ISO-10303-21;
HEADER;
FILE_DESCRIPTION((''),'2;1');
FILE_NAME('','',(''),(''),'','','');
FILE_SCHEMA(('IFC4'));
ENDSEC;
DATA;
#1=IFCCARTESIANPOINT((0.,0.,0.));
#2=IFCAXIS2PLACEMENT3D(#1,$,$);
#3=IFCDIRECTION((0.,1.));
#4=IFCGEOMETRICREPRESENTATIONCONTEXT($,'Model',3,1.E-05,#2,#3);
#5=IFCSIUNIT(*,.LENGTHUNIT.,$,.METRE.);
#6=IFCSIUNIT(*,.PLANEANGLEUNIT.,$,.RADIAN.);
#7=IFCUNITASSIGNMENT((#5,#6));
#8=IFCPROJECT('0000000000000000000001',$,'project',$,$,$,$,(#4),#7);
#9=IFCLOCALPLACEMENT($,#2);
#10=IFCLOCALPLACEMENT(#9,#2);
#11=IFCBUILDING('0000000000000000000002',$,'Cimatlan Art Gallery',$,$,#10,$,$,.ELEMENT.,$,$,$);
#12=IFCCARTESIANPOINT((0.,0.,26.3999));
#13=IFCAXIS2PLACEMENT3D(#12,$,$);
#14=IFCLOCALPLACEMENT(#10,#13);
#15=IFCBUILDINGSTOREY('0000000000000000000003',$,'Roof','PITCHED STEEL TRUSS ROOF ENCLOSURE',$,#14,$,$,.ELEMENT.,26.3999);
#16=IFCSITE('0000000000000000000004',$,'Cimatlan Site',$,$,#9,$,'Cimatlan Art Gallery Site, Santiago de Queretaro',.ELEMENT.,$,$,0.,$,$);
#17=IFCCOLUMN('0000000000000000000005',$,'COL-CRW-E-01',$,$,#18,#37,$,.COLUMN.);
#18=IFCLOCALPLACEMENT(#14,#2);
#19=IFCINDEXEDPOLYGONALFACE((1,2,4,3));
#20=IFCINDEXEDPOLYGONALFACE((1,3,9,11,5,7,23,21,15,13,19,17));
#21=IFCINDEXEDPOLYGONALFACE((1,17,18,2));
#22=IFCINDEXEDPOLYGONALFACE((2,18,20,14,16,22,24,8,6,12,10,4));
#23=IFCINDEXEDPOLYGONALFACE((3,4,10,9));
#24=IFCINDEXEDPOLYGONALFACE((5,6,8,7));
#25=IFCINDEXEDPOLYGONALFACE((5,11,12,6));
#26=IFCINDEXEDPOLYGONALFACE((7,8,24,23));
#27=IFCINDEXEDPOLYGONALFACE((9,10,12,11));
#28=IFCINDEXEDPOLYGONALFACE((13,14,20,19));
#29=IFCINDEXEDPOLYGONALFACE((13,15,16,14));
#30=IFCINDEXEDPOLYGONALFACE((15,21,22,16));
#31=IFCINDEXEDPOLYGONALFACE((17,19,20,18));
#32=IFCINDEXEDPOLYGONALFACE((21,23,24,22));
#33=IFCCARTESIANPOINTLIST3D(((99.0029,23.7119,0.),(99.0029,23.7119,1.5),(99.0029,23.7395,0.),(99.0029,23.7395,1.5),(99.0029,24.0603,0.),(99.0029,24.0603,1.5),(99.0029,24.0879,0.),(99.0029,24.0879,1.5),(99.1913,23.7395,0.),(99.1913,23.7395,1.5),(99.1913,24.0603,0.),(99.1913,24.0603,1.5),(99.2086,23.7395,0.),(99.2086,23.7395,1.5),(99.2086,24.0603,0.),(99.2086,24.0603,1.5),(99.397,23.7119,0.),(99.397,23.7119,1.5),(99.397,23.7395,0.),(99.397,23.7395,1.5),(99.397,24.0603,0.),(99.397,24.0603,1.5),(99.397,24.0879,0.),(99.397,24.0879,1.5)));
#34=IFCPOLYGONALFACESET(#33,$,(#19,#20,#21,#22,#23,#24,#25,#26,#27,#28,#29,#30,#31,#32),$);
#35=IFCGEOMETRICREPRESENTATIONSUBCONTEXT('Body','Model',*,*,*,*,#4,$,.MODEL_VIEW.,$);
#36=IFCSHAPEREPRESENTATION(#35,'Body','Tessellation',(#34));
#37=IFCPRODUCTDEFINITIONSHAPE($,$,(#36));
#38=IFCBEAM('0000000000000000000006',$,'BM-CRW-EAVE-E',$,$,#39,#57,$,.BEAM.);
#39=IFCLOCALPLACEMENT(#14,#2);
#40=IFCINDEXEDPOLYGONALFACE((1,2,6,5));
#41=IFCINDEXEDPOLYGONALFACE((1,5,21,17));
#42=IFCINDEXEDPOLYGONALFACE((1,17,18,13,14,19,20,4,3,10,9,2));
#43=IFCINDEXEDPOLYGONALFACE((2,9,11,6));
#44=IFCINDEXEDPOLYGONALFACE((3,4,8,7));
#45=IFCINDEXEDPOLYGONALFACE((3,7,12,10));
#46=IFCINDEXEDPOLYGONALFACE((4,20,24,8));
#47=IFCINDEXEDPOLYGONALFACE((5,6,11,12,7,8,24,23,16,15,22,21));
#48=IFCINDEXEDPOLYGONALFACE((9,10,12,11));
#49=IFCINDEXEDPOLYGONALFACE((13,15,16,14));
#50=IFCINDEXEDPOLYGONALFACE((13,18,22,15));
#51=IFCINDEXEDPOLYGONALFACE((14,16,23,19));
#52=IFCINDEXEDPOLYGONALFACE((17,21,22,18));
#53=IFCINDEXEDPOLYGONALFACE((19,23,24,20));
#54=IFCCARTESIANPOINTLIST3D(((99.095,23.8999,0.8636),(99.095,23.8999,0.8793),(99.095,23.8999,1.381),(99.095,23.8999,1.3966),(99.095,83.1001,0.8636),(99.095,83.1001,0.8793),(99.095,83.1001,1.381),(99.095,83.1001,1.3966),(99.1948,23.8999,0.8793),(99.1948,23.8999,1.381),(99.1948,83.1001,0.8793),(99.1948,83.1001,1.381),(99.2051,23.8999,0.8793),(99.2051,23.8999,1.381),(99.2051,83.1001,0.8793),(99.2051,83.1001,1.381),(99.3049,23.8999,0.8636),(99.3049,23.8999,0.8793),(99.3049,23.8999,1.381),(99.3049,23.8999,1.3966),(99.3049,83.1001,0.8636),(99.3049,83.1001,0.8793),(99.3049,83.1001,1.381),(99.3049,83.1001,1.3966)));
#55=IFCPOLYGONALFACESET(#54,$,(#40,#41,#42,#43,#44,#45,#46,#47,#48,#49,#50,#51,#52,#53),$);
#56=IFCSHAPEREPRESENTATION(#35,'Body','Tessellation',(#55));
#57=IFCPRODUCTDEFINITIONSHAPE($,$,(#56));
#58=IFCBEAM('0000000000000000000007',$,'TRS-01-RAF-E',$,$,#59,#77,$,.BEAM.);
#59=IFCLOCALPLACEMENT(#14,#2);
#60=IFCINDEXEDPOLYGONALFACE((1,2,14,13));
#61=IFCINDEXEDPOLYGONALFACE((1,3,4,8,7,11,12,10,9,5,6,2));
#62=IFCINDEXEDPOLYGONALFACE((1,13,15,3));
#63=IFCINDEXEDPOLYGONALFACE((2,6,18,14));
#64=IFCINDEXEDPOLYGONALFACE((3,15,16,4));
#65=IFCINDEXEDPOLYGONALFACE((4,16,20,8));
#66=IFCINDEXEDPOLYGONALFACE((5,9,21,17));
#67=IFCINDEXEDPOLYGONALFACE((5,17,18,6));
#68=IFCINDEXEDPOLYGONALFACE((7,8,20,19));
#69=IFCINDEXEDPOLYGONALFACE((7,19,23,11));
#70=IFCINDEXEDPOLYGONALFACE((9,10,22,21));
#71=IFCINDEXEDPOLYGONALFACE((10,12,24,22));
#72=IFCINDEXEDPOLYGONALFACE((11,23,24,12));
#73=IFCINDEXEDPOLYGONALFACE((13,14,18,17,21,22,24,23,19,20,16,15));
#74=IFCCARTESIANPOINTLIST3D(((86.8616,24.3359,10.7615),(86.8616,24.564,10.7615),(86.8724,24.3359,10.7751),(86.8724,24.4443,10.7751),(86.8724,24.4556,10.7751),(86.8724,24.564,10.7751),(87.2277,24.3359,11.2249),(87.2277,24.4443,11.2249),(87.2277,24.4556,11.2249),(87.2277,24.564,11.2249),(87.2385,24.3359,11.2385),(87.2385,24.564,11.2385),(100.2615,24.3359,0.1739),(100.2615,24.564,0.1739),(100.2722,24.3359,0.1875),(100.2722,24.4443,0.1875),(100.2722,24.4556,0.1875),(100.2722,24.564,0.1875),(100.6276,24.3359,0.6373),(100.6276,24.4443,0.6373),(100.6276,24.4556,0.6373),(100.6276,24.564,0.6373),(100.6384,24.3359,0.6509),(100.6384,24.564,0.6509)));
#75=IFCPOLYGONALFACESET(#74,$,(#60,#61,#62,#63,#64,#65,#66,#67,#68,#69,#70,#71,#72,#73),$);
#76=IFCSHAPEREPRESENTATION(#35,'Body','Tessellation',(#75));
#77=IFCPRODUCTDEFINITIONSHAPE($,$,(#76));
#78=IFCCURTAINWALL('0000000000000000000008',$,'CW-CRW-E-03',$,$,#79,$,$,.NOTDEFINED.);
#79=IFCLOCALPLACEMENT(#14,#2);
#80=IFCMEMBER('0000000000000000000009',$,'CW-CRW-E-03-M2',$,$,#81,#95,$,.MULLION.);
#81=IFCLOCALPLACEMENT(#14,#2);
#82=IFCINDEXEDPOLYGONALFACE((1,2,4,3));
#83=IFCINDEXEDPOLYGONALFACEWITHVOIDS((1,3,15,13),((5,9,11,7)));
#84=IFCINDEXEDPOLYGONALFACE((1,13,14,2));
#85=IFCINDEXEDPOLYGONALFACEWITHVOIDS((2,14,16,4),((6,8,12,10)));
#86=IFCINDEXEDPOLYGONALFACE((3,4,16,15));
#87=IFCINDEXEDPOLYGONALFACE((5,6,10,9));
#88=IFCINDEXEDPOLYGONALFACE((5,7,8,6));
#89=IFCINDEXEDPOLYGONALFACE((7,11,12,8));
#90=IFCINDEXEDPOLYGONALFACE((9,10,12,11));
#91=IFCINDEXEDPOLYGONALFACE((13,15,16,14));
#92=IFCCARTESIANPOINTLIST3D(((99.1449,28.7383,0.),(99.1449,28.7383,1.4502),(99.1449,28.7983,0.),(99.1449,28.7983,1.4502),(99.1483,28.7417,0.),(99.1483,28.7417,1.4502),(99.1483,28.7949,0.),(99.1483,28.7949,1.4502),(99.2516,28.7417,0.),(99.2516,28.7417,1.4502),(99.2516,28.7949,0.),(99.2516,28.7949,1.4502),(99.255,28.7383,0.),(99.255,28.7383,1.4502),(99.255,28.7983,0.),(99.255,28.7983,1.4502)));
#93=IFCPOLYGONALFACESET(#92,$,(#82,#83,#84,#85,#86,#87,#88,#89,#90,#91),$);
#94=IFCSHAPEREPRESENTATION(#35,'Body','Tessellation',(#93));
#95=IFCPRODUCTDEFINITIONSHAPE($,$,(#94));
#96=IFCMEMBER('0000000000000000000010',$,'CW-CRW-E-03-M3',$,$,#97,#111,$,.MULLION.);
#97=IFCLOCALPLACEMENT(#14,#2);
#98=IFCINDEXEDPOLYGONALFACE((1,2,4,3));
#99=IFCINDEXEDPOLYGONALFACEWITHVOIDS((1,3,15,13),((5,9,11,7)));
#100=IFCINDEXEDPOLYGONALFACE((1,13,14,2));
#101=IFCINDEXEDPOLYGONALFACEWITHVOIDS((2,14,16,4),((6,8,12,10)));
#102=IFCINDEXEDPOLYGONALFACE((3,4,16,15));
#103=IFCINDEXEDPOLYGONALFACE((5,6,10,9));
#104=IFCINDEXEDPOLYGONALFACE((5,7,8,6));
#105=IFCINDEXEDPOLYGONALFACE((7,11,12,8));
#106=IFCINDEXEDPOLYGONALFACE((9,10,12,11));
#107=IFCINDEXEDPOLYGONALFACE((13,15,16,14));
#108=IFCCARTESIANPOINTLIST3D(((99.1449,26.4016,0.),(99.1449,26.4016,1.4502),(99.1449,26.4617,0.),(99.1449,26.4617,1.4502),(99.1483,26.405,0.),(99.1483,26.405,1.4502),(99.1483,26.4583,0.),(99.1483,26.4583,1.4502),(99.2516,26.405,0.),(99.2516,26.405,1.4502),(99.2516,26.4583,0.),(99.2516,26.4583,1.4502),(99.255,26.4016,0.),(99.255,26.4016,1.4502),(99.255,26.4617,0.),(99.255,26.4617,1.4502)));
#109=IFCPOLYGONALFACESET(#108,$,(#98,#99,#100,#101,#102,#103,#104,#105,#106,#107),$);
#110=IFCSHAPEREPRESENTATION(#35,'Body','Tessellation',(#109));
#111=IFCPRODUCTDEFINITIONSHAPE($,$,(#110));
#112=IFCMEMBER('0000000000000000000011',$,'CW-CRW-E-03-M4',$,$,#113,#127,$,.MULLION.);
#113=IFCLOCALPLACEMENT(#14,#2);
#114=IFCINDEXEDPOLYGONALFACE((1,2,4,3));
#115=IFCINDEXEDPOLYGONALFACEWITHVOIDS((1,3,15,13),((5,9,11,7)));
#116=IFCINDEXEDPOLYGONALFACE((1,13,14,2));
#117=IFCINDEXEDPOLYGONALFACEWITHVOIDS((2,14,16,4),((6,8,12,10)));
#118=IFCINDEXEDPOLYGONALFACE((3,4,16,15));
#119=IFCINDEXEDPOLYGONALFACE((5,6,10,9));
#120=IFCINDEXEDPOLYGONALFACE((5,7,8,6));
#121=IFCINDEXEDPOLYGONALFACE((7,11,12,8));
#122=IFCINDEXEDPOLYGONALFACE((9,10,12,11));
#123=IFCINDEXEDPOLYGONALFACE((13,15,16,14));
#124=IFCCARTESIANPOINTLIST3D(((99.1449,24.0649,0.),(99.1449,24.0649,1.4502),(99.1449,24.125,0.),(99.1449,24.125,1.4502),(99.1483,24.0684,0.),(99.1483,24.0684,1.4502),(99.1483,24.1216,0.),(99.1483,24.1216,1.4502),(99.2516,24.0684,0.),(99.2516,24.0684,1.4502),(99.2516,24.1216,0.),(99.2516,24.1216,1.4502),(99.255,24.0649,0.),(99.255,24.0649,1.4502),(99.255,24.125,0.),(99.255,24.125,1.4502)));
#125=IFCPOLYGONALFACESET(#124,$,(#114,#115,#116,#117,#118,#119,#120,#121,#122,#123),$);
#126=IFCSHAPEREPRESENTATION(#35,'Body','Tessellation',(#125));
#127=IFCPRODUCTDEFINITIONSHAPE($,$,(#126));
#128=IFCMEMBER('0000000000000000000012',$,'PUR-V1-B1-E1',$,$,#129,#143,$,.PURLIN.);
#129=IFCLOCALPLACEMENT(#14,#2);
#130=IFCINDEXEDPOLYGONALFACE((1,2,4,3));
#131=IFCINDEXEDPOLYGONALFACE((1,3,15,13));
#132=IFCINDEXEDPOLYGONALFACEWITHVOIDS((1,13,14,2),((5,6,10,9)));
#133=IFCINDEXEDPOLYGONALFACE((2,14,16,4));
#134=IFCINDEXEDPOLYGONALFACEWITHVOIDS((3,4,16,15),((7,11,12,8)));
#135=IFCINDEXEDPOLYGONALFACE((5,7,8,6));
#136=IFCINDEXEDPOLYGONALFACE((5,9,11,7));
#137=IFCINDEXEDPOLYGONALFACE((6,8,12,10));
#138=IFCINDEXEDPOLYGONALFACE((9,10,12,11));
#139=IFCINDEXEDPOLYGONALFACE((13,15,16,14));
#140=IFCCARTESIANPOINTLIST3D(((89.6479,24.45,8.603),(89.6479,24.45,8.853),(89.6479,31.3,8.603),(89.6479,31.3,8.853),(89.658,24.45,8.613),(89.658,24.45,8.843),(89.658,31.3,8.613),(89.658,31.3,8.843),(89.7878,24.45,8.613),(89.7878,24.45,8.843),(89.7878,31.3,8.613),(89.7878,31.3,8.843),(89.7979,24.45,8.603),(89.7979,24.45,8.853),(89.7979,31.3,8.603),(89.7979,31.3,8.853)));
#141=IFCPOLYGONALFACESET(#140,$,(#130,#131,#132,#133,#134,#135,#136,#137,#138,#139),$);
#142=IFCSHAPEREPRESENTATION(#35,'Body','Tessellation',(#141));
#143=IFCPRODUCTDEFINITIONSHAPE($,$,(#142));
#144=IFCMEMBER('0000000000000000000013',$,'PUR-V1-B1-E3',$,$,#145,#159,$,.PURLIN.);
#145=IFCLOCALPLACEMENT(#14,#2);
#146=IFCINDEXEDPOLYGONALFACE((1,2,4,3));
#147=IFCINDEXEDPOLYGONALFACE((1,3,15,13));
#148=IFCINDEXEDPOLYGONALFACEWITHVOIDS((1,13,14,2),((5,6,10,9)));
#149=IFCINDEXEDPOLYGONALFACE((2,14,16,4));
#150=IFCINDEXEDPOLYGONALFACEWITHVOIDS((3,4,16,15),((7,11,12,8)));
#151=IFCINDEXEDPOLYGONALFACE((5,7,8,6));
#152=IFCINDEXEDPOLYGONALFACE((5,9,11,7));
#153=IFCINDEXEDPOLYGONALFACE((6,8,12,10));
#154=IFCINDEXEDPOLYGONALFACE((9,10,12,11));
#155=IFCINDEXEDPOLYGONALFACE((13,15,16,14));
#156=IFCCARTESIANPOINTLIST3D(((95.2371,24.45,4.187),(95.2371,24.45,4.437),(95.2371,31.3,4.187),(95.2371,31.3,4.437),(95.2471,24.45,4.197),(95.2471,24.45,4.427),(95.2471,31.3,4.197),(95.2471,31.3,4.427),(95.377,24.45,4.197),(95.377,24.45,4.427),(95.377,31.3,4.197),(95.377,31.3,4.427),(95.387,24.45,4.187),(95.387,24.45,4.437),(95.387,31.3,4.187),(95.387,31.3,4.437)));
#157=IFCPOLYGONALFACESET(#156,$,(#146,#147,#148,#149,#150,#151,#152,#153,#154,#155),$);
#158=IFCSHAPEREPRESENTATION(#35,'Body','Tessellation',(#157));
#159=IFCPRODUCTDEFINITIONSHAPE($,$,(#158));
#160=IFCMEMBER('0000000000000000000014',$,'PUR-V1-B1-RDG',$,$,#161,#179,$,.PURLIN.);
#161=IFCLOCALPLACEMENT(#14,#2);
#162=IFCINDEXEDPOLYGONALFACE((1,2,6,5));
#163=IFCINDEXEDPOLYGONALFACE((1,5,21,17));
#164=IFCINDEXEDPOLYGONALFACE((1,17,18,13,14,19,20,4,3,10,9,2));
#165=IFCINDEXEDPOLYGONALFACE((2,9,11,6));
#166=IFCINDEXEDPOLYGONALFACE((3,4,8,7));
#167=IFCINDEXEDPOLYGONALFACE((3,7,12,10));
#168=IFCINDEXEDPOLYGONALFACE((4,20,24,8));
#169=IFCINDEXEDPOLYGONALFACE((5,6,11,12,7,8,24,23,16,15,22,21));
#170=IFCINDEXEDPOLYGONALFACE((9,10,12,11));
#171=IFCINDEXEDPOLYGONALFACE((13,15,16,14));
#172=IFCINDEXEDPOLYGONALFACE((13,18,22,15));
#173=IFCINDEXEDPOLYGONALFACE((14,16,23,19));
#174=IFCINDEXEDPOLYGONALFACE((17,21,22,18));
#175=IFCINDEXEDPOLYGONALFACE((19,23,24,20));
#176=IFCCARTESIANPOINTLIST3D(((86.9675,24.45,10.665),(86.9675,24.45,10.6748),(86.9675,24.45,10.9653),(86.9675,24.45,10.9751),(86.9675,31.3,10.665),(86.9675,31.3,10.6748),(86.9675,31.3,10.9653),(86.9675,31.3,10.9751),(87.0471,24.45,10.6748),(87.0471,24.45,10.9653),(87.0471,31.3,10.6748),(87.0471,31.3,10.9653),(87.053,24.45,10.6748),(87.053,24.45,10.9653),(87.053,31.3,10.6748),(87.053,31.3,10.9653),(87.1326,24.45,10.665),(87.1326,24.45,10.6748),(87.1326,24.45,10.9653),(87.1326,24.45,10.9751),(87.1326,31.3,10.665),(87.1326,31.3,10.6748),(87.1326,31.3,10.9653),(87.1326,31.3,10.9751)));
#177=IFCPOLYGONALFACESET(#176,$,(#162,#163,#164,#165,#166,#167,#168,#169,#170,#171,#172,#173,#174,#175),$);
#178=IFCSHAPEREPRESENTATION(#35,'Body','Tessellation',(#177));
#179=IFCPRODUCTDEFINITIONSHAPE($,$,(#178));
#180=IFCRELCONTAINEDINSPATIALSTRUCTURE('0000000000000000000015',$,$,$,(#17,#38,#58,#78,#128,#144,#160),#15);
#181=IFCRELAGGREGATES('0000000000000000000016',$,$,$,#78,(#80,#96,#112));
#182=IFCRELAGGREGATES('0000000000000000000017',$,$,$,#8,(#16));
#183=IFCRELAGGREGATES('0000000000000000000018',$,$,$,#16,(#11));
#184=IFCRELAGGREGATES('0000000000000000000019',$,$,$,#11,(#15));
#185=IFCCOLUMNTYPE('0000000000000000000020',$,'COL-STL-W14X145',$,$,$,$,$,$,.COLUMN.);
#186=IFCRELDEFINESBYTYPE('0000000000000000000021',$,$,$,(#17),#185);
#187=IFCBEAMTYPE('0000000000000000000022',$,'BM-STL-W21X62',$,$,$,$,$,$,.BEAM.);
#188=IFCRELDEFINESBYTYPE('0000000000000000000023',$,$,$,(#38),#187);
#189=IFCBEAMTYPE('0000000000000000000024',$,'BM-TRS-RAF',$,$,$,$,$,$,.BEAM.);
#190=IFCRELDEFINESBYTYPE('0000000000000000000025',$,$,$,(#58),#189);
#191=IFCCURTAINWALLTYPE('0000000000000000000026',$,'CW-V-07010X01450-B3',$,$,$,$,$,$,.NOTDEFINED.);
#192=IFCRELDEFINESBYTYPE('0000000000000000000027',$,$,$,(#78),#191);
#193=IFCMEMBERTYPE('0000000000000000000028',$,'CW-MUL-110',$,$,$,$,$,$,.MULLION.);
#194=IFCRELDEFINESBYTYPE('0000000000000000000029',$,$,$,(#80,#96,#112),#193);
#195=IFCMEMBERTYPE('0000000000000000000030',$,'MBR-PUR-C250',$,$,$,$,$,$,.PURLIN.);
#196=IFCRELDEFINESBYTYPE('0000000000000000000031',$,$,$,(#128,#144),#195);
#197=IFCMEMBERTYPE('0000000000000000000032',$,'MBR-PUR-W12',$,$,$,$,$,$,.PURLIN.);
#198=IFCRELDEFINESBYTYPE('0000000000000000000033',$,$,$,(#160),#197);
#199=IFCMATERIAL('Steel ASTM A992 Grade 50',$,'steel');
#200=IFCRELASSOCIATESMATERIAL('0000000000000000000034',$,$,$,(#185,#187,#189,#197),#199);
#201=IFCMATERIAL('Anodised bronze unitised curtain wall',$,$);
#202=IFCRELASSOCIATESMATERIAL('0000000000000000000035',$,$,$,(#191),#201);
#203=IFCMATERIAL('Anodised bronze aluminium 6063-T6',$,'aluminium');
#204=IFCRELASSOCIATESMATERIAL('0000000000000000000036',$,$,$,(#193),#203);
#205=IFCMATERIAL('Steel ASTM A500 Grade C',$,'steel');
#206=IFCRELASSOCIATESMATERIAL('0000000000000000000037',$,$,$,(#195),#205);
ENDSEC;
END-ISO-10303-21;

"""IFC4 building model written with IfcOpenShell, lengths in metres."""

from ifc_helpers import new_model, si_unit, direction, frame, origin, origin_2d, place, context, subcontext, project, spatial, hollow_rectangle, i_section, extrude, material, material_profile, profile_set, type_object, element, aggregate, save


model = new_model("IFC4")

# Units and contexts
model_context = context("Model", 3, precision=1e-05, world=origin(), true_north=direction((0.0, 1.0)))
body_context = subcontext(model_context, "Body", "Model", "MODEL_VIEW")
ifc_project = project(units=[si_unit("LENGTHUNIT", "METRE"), si_unit("PLANEANGLEUNIT", "RADIAN")], contexts=[model_context])

# Site, building, storey
site_placement = place(None, origin())
site = spatial("IfcSite", under=ifc_project, at=site_placement, Name="Cimatlan Site", LongName="Cimatlan Art Gallery Site, Santiago de Queretaro", CompositionType="ELEMENT", RefElevation=0.0)
building_placement = place(site_placement, origin())
building = spatial("IfcBuilding", under=site, at=building_placement, Name="Cimatlan Art Gallery", CompositionType="ELEMENT")
storey_placement = place(building_placement, frame((0.0, 0.0, 26.3999)))
storey = spatial("IfcBuildingStorey", under=building, at=storey_placement, Name="Roof", Description="PITCHED STEEL TRUSS ROOF ENCLOSURE", CompositionType="ELEMENT", Elevation=26.3999)

# Column
ifc_material_1 = material(Name="Steel ASTM A992 Grade 50", Category="steel")
ifc_material_profile_1 = material_profile(ifc_material_1, i_section(OverallWidth=0.394, OverallDepth=0.376, WebThickness=0.0173, FlangeThickness=0.0276, at=origin_2d()), Name="W14X145")
ifc_profile_set_1 = profile_set([ifc_material_profile_1], Name="Steel ASTM A992 Grade 50")
column_type = type_object("IfcColumnType", Name="COL-STL-W14X145", PredefinedType="COLUMN", material=ifc_profile_set_1)
column_placement = place(storey_placement, frame((99.2, 23.8999, 0.0), z_axis=(0.0, 0.0, 1.0), x_axis=(1.0, 0.0, 0.0)))
element("IfcColumn", 1, at=column_placement, inside=storey, type_object=column_type, Name="COL-CRW-E-01", PredefinedType="COLUMN", context=body_context, shape_type="SweptSolid", body=[
    extrude(i_section(OverallWidth=0.394, OverallDepth=0.376, WebThickness=0.0173, FlangeThickness=0.0276, at=origin_2d()), origin(), (0.0, 0.0, 1.0), 1.5),
])

# Beams
ifc_material_profile_2 = material_profile(ifc_material_1, i_section(OverallWidth=0.21, OverallDepth=0.533, WebThickness=0.0103, FlangeThickness=0.0156, at=origin_2d()), Name="W21X62")
ifc_profile_set_2 = profile_set([ifc_material_profile_2], Name="Steel ASTM A992 Grade 50")
beam_type_1 = type_object("IfcBeamType", Name="BM-STL-W21X62", PredefinedType="BEAM", material=ifc_profile_set_2)
beam_1_placement = place(storey_placement, frame((99.2, 23.8999, 1.1301), z_axis=(0.0, 1.0, 0.0), x_axis=(-1.0, 0.0, 0.0)))
element("IfcBeam", 2, at=beam_1_placement, inside=storey, type_object=beam_type_1, Name="BM-CRW-EAVE-E", PredefinedType="BEAM", context=body_context, shape_type="SweptSolid", body=[
    extrude(i_section(OverallWidth=0.21, OverallDepth=0.533, WebThickness=0.0103, FlangeThickness=0.0156, at=origin_2d()), origin(), (0.0, 0.0, 1.0), 59.2002),
])
ifc_material_profile_3 = material_profile(ifc_material_1, i_section(OverallWidth=0.228, OverallDepth=0.6079, WebThickness=0.0112, FlangeThickness=0.0173, at=origin_2d()), Name="W24X76")
ifc_profile_set_3 = profile_set([ifc_material_profile_3], Name="Steel ASTM A992 Grade 50")
beam_type_2 = type_object("IfcBeamType", Name="BM-TRS-RAF", PredefinedType="BEAM", material=ifc_profile_set_3)
beam_2_placement = place(storey_placement, frame((87.05, 24.45, 11.0), z_axis=(0.784633, 0.0, -0.619961), x_axis=(0.0, 1.0, 0.0)))
element("IfcBeam", 3, at=beam_2_placement, inside=storey, type_object=beam_type_2, Name="TRS-01-RAF-E", PredefinedType="BEAM", context=body_context, shape_type="SweptSolid", body=[
    extrude(i_section(OverallWidth=0.228, OverallDepth=0.6079, WebThickness=0.0112, FlangeThickness=0.0173, at=origin_2d()), origin(), (0.0, 0.0, 1.0), 17.0779),
])

# Curtain wall, members
ifc_material_2 = material(Name="Anodised bronze unitised curtain wall")
curtain_wall_type = type_object("IfcCurtainWallType", Name="CW-V-07010X01450-B3", PredefinedType="NOTDEFINED", material=ifc_material_2)
curtain_wall_placement = place(storey_placement, origin())
curtain_wall = element("IfcCurtainWall", 4, at=curtain_wall_placement, inside=storey, type_object=curtain_wall_type, Name="CW-CRW-E-03", PredefinedType="NOTDEFINED")
ifc_material_3 = material(Name="Anodised bronze aluminium 6063-T6", Category="aluminium")
ifc_material_profile_4 = material_profile(ifc_material_3, hollow_rectangle(XDim=0.0601, YDim=0.1101, WallThickness=0.0034, at=origin_2d()), Name="ALU60X110X3")
ifc_profile_set_4 = profile_set([ifc_material_profile_4], Name="Anodised bronze aluminium 6063-T6")
member_type_1 = type_object("IfcMemberType", Name="CW-MUL-110", PredefinedType="MULLION", material=ifc_profile_set_4)
member_1_placement = place(storey_placement, frame((99.2, 28.7683, 0.0), z_axis=(0.0, 0.0, 1.0), x_axis=(0.0, 1.0, 0.0)))
member_1 = element("IfcMember", 5, at=member_1_placement, type_object=member_type_1, Name="CW-CRW-E-03-M2", PredefinedType="MULLION", context=body_context, shape_type="SweptSolid", body=[
    extrude(hollow_rectangle(XDim=0.0601, YDim=0.1101, WallThickness=0.0034, at=origin_2d()), origin(), (0.0, 0.0, 1.0), 1.4502),
])
member_2_placement = place(storey_placement, frame((99.2, 26.4316, 0.0), z_axis=(0.0, 0.0, 1.0), x_axis=(0.0, 1.0, 0.0)))
member_2 = element("IfcMember", 6, at=member_2_placement, type_object=member_type_1, Name="CW-CRW-E-03-M3", PredefinedType="MULLION", context=body_context, shape_type="SweptSolid", body=[
    extrude(hollow_rectangle(XDim=0.0601, YDim=0.1101, WallThickness=0.0034, at=origin_2d()), origin(), (0.0, 0.0, 1.0), 1.4502),
])
member_3_placement = place(storey_placement, frame((99.2, 24.095, 0.0), z_axis=(0.0, 0.0, 1.0), x_axis=(0.0, 1.0, 0.0)))
member_3 = element("IfcMember", 7, at=member_3_placement, type_object=member_type_1, Name="CW-CRW-E-03-M4", PredefinedType="MULLION", context=body_context, shape_type="SweptSolid", body=[
    extrude(hollow_rectangle(XDim=0.0601, YDim=0.1101, WallThickness=0.0034, at=origin_2d()), origin(), (0.0, 0.0, 1.0), 1.4502),
])

# Members
ifc_material_4 = material(Name="Steel ASTM A500 Grade C", Category="steel")
ifc_material_profile_5 = material_profile(ifc_material_4, hollow_rectangle(XDim=0.1499, YDim=0.25, WallThickness=0.01, at=origin_2d()), Name="HSS250X150X10")
ifc_profile_set_5 = profile_set([ifc_material_profile_5], Name="Steel ASTM A500 Grade C")
member_type_2 = type_object("IfcMemberType", Name="MBR-PUR-C250", PredefinedType="PURLIN", material=ifc_profile_set_5)
for number, where, z_axis, x_axis, name in (
    (8, (89.7229, 24.45, 8.728), (0.0, 1.0, 0.0), (-1.0, 0.0, 0.0), "PUR-V1-B1-E1"),
    (9, (95.312, 24.45, 4.312), (0.0, 1.0, 0.0), (-1.0, 0.0, 0.0), "PUR-V1-B1-E3"),
):
    element("IfcMember", number, at=place(storey_placement, frame(where, z_axis=z_axis, x_axis=x_axis)), inside=storey, type_object=member_type_2, Name=name, PredefinedType="PURLIN", context=body_context, shape_type="SweptSolid", body=[
        extrude(hollow_rectangle(XDim=0.1499, YDim=0.25, WallThickness=0.01, at=origin_2d()), origin(), (0.0, 0.0, 1.0), 6.8501),
    ])
ifc_material_profile_6 = material_profile(ifc_material_1, i_section(OverallWidth=0.165, OverallDepth=0.3101, WebThickness=0.0059, FlangeThickness=0.0098, at=origin_2d()), Name="W12X26")
ifc_profile_set_6 = profile_set([ifc_material_profile_6], Name="Steel ASTM A992 Grade 50")
member_type_3 = type_object("IfcMemberType", Name="MBR-PUR-W12", PredefinedType="PURLIN", material=ifc_profile_set_6)
for number, where, z_axis, x_axis, name in (
    (10, (87.05, 24.45, 10.8201), (0.0, 1.0, 0.0), (-1.0, 0.0, 0.0), "PUR-V1-B1-RDG"),
):
    element("IfcMember", number, at=place(storey_placement, frame(where, z_axis=z_axis, x_axis=x_axis)), inside=storey, type_object=member_type_3, Name=name, PredefinedType="PURLIN", context=body_context, shape_type="SweptSolid", body=[
        extrude(i_section(OverallWidth=0.165, OverallDepth=0.3101, WebThickness=0.0059, FlangeThickness=0.0098, at=origin_2d()), origin(), (0.0, 0.0, 1.0), 6.8501),
    ])

aggregate(curtain_wall, [member_1, member_2, member_3])

save(model, "model.ifc")
